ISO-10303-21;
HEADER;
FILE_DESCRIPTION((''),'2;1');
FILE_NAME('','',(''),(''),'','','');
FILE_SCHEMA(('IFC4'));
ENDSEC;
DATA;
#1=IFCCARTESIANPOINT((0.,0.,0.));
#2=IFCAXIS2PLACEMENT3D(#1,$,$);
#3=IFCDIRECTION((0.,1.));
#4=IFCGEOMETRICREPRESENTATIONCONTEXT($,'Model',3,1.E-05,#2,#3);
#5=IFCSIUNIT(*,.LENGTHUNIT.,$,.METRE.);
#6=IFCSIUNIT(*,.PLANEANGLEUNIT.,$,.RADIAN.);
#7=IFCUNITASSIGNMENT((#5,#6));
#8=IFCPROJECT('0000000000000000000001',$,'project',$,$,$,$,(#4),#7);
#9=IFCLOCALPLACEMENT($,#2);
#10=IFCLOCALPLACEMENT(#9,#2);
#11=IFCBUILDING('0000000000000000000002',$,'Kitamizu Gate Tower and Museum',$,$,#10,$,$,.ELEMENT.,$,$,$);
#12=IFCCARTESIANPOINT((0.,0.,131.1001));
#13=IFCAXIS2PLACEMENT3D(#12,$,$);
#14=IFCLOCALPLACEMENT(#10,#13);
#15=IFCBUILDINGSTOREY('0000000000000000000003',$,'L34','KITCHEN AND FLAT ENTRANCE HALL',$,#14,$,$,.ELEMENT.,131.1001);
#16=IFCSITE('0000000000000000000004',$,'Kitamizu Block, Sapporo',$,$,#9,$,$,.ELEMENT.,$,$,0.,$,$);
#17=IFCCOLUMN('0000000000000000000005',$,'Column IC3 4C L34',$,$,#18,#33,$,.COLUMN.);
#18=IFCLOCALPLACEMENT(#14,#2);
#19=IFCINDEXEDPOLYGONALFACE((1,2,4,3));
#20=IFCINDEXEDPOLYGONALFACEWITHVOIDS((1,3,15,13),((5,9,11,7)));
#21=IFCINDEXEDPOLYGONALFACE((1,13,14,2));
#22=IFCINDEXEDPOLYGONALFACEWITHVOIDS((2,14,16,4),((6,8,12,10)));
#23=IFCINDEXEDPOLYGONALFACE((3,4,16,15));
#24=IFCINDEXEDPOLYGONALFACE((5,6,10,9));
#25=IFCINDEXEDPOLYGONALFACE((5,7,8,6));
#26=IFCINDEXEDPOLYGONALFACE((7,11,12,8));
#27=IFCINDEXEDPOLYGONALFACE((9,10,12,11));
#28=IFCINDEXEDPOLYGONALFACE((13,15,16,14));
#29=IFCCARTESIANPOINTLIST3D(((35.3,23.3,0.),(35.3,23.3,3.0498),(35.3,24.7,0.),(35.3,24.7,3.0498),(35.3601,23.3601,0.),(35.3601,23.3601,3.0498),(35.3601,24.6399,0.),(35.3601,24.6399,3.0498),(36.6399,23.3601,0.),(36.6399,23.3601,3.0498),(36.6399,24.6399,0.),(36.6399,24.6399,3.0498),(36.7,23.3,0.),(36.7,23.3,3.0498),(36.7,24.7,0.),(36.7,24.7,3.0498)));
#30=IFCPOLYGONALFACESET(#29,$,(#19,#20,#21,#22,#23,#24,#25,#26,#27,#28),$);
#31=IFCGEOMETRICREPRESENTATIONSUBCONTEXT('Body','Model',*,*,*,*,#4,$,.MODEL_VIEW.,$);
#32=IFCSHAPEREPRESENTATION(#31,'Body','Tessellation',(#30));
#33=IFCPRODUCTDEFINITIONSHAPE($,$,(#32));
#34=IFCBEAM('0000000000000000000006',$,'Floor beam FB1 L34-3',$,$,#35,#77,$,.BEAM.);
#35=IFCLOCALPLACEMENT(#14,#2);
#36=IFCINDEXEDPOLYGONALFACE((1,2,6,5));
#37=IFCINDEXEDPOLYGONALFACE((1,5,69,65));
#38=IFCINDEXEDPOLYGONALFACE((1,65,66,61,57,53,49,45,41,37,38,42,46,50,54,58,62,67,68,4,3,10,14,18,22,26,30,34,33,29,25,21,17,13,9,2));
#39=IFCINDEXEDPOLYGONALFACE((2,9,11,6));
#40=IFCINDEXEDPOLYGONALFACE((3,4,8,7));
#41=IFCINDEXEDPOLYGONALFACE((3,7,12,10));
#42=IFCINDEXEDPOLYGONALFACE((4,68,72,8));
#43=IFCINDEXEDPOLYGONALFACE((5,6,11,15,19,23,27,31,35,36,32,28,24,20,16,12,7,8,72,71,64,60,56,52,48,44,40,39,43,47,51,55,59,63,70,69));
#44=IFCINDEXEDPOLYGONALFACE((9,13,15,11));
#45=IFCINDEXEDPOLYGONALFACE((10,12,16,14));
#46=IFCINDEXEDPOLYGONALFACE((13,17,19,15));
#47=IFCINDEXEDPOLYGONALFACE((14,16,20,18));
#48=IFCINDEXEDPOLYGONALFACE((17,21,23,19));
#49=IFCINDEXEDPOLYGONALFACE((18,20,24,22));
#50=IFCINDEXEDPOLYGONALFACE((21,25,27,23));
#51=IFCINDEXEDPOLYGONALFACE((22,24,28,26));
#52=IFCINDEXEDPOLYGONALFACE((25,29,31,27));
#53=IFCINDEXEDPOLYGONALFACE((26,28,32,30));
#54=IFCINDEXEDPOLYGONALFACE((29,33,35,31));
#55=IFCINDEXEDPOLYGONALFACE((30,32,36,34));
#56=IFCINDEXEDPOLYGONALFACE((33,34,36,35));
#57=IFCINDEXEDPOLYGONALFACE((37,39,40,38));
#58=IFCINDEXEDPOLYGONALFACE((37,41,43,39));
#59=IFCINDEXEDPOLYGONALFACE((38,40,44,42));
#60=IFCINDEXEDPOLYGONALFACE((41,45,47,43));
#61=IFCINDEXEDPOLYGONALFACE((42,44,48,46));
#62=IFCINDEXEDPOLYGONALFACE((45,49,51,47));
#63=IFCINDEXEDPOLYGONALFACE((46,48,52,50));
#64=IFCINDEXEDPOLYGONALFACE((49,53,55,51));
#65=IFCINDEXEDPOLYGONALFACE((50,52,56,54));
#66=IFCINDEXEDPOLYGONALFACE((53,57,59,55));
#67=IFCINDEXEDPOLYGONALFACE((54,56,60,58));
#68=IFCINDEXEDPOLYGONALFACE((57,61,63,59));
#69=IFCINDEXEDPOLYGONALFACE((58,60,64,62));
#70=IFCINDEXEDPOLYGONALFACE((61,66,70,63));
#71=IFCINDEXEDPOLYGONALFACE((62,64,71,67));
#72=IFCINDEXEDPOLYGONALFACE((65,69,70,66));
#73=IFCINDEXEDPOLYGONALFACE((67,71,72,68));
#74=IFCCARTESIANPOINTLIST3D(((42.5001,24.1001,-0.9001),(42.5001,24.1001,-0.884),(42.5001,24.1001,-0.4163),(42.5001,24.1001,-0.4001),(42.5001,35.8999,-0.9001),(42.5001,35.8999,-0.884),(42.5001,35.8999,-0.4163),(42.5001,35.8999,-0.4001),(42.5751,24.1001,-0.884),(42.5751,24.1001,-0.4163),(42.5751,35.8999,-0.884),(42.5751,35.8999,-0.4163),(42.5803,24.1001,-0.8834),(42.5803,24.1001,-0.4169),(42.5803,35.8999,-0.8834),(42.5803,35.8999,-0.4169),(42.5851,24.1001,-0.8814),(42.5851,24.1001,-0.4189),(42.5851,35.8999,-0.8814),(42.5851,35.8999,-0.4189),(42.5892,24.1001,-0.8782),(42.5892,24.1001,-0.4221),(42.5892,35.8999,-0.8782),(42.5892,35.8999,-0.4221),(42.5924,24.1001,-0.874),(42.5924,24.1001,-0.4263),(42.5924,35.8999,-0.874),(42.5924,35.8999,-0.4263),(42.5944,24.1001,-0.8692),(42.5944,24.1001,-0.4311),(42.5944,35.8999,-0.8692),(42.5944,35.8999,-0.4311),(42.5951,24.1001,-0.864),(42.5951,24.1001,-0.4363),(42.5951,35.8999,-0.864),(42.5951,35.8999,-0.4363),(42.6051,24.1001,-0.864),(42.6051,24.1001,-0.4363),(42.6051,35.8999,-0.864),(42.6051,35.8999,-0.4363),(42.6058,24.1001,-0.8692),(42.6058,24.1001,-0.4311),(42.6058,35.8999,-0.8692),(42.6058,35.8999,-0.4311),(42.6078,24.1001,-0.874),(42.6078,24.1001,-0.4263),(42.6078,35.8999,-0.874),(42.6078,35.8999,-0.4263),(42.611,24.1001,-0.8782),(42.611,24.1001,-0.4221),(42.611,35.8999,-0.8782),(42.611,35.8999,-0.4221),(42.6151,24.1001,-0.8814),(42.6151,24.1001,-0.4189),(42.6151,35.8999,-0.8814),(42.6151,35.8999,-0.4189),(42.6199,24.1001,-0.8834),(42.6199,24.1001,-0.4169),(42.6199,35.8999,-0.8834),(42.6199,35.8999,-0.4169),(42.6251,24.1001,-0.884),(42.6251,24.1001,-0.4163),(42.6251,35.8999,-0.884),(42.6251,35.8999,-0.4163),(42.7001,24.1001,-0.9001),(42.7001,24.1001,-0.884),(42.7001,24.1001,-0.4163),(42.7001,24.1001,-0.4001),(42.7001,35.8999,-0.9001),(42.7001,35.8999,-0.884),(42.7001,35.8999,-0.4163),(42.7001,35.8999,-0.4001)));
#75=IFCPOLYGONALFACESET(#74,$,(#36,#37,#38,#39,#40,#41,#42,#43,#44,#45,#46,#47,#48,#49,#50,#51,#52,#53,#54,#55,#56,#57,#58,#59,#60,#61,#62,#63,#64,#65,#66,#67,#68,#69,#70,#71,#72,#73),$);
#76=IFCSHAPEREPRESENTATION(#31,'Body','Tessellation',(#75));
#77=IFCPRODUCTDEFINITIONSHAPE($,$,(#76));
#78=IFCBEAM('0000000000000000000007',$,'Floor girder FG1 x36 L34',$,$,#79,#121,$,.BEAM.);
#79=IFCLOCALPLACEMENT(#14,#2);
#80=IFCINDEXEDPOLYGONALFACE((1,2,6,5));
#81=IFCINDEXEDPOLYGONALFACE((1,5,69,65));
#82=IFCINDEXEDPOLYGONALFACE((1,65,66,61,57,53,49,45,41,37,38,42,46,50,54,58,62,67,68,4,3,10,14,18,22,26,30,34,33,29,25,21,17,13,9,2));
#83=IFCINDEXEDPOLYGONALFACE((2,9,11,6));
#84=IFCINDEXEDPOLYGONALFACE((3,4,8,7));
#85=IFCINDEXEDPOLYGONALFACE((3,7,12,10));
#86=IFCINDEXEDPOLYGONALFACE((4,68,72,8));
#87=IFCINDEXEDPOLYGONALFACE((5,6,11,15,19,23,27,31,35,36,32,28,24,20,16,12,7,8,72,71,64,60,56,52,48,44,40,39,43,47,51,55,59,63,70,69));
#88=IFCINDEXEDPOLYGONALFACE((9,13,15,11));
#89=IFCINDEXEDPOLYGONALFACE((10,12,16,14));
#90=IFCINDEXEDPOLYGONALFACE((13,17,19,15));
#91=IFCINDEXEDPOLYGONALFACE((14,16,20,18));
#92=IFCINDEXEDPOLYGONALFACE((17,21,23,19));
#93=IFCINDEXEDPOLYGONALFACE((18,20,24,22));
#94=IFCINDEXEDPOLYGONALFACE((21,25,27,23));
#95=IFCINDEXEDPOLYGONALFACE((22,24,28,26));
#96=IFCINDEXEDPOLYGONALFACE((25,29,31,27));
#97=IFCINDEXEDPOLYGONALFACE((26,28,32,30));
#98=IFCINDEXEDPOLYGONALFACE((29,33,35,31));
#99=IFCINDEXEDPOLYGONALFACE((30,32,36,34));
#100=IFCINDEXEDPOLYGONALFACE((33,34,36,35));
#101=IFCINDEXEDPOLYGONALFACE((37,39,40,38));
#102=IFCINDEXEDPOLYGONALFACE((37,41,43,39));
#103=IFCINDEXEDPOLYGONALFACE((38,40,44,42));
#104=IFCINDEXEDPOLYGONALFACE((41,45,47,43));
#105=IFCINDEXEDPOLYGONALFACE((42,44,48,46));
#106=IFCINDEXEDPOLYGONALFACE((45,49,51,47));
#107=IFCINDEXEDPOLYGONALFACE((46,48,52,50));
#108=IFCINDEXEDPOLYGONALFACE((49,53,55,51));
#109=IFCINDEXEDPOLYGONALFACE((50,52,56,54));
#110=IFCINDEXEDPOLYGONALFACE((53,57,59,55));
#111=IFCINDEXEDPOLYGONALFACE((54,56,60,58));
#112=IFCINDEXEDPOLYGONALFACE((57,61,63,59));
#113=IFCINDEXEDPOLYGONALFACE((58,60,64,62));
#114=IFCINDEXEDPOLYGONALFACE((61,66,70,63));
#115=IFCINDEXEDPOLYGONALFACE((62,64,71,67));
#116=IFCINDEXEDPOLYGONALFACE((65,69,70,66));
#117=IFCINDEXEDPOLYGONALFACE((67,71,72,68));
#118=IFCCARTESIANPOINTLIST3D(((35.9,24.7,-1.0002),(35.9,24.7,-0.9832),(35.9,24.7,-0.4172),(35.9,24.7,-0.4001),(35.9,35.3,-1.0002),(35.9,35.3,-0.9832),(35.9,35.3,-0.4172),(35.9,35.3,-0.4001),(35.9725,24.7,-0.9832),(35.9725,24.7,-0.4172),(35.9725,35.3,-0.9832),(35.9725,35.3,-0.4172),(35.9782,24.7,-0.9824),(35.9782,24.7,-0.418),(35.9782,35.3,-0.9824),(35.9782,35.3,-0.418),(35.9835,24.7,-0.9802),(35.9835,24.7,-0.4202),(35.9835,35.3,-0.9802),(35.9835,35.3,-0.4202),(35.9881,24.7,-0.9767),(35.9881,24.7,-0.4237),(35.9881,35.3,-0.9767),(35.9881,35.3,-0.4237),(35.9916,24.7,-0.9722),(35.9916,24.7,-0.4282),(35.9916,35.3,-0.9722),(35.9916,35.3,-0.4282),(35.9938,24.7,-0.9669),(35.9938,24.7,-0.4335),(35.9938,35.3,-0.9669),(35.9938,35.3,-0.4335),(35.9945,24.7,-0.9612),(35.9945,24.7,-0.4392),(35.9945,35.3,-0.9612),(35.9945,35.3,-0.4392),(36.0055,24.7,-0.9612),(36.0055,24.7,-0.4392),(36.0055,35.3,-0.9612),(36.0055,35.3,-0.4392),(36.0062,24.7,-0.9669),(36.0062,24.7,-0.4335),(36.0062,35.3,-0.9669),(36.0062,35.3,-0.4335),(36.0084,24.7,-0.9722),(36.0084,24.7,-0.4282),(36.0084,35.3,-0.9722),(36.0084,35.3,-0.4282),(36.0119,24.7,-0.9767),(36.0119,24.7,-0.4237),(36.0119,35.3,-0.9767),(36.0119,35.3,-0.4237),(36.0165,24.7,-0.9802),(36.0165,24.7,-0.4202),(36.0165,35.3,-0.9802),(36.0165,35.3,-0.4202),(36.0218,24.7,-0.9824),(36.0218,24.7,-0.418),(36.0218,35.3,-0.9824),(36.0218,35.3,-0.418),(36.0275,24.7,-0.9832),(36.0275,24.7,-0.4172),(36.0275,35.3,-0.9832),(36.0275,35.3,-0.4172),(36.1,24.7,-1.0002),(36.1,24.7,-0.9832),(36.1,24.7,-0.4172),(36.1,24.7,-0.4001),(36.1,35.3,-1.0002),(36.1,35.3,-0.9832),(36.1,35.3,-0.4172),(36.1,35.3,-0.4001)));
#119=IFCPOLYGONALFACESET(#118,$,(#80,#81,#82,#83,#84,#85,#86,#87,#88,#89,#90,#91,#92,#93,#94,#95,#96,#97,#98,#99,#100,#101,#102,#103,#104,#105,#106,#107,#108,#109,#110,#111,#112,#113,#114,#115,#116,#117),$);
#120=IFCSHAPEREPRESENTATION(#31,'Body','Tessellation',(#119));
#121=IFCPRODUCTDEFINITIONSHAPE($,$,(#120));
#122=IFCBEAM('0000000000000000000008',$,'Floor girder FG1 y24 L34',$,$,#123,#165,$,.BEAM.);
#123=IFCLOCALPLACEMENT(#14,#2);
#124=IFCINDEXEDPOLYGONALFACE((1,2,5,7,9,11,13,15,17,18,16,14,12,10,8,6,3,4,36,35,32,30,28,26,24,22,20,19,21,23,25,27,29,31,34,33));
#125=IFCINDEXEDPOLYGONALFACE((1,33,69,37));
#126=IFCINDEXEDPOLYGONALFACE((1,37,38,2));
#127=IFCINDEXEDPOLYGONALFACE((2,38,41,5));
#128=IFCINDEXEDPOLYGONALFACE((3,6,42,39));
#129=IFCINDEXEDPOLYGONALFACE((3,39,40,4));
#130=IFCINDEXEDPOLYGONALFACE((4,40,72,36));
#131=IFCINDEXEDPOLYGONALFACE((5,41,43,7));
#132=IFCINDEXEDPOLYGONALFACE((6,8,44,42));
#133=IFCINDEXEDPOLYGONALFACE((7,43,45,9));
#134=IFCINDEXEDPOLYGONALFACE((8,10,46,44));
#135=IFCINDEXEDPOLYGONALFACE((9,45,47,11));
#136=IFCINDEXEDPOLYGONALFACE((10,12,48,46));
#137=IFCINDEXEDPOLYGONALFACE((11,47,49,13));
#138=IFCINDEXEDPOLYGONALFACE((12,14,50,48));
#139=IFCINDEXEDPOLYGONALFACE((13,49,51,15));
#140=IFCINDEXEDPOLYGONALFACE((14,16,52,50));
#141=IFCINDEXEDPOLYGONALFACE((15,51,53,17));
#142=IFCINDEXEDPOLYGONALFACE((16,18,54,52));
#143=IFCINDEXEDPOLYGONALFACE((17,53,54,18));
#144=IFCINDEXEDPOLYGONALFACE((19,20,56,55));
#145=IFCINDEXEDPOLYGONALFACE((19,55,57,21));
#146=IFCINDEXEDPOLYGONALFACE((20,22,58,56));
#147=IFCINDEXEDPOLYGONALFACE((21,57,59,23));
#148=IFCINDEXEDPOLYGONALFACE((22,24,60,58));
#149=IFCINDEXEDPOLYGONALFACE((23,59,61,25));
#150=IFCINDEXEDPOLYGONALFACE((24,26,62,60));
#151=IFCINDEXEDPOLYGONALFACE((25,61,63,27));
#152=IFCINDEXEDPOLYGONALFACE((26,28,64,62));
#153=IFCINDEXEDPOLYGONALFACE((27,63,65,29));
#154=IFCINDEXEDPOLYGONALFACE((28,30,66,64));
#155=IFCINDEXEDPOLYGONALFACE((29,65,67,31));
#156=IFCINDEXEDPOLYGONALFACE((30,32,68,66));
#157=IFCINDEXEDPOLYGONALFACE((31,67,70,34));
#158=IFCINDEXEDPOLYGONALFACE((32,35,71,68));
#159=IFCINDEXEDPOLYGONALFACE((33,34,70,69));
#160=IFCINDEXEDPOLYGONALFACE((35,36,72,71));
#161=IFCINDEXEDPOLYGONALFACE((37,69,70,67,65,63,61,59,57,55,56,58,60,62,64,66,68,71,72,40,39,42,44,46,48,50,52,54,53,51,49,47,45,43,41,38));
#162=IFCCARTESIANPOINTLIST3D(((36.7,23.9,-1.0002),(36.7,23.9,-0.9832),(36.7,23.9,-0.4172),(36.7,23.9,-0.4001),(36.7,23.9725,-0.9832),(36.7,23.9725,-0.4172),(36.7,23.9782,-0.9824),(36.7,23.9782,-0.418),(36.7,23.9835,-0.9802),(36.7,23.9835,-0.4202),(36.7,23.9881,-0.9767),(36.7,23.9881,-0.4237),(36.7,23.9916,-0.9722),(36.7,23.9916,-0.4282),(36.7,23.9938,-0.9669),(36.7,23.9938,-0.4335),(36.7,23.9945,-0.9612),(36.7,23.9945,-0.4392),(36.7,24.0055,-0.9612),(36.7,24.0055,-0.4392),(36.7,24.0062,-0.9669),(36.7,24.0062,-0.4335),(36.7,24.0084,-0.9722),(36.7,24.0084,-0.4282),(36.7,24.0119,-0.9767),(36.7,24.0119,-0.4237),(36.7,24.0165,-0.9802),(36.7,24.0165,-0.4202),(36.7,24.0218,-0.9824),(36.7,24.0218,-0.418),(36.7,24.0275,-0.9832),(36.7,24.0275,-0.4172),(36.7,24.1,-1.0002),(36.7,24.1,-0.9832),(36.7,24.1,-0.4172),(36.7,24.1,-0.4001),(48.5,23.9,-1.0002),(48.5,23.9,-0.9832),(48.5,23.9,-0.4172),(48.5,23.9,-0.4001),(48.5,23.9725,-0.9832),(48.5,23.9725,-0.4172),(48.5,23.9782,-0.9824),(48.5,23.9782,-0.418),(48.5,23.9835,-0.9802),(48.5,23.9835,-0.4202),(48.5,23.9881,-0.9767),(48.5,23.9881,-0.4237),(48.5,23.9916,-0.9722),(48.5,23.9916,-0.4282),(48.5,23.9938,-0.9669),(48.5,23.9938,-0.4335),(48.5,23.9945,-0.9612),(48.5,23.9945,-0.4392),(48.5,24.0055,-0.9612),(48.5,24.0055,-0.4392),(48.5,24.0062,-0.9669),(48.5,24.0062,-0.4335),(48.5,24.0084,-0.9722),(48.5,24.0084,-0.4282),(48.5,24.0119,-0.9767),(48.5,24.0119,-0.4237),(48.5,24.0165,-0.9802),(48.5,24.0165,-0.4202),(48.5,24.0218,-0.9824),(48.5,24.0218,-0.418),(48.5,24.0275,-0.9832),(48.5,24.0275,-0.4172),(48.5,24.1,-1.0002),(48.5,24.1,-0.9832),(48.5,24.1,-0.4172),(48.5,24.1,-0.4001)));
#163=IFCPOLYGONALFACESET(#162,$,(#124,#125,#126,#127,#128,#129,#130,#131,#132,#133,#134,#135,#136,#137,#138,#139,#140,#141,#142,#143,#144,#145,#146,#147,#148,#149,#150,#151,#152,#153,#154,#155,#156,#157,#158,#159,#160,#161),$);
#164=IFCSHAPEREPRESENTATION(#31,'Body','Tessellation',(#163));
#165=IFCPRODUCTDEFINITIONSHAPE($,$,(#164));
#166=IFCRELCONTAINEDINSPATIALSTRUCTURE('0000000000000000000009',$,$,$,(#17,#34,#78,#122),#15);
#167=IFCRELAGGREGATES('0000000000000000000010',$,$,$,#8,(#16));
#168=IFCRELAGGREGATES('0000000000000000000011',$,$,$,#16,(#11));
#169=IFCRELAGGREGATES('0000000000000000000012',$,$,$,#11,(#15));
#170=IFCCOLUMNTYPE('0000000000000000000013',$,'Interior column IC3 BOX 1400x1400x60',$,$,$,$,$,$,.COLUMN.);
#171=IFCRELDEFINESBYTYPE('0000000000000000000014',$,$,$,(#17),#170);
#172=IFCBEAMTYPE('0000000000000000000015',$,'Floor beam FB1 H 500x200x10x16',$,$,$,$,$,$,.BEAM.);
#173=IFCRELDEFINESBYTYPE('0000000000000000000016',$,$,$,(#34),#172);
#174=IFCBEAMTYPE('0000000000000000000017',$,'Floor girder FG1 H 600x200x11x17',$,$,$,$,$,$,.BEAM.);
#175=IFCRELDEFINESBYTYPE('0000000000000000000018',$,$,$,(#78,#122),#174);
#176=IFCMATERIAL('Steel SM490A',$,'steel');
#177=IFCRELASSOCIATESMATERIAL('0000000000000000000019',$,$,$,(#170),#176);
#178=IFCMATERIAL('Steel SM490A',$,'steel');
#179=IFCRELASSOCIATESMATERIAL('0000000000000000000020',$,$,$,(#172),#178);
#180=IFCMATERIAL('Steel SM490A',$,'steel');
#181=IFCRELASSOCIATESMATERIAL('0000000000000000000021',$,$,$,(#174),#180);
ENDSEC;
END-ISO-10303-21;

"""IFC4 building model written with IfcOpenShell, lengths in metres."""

from ifc_helpers import new_model, si_unit, direction, frame, origin, origin_2d, place, context, subcontext, project, spatial, hollow_rectangle, i_section, extrude, material, material_profile, profile_set, type_object, element, save


model = new_model("IFC4")

# Units and contexts
model_context = context("Model", 3, precision=1e-05, world=origin(), true_north=direction((0.0, 1.0)))
body_context = subcontext(model_context, "Body", "Model", "MODEL_VIEW")
ifc_project = project(units=[si_unit("LENGTHUNIT", "METRE"), si_unit("PLANEANGLEUNIT", "RADIAN")], contexts=[model_context])

# Site, building, storey
site_placement = place(None, origin())
site = spatial("IfcSite", under=ifc_project, at=site_placement, Name="Kitamizu Block, Sapporo", CompositionType="ELEMENT", RefElevation=0.0)
building_placement = place(site_placement, origin())
building = spatial("IfcBuilding", under=site, at=building_placement, Name="Kitamizu Gate Tower and Museum", CompositionType="ELEMENT")
storey_placement = place(building_placement, frame((0.0, 0.0, 131.1001)))
storey = spatial("IfcBuildingStorey", under=building, at=storey_placement, Name="L34", Description="KITCHEN AND FLAT ENTRANCE HALL", CompositionType="ELEMENT", Elevation=131.1001)

# Column
ifc_material_1 = material(Name="Steel SM490A", Category="steel")
ifc_material_profile_1 = material_profile(ifc_material_1, hollow_rectangle(XDim=1.3999, YDim=1.3999, WallThickness=0.0601, at=origin_2d()), Name="BOX 1400x1400x60")
ifc_profile_set_1 = profile_set([ifc_material_profile_1], Name="Steel SM490A")
column_type = type_object("IfcColumnType", Name="Interior column IC3 BOX 1400x1400x60", PredefinedType="COLUMN", material=ifc_profile_set_1)
column_placement = place(storey_placement, frame((36.0, 24.0, 0.0), z_axis=(0.0, 0.0, 1.0), x_axis=(1.0, 0.0, 0.0)))
element("IfcColumn", 1, at=column_placement, inside=storey, type_object=column_type, Name="Column IC3 4C L34", PredefinedType="COLUMN", context=body_context, shape_type="SweptSolid", body=[
    extrude(hollow_rectangle(XDim=1.3999, YDim=1.3999, WallThickness=0.0601, at=origin_2d()), origin(), (0.0, 0.0, 1.0), 3.0498),
])

# Beams
ifc_material_2 = material(Name="Steel SM490A", Category="steel")
ifc_material_profile_2 = material_profile(ifc_material_2, i_section(OverallWidth=0.2, OverallDepth=0.5, WebThickness=0.01, FlangeThickness=0.0161, FilletRadius=0.02, at=origin_2d()), Name="H-500x200x10x16")
ifc_profile_set_2 = profile_set([ifc_material_profile_2], Name="Steel SM490A")
beam_type_1 = type_object("IfcBeamType", Name="Floor beam FB1 H 500x200x10x16", PredefinedType="BEAM", material=ifc_profile_set_2)
beam_1_placement = place(storey_placement, frame((42.6001, 24.1001, -0.6501), z_axis=(0.0, 1.0, 0.0), x_axis=(-1.0, 0.0, 0.0)))
element("IfcBeam", 2, at=beam_1_placement, inside=storey, type_object=beam_type_1, Name="Floor beam FB1 L34-3", PredefinedType="BEAM", context=body_context, shape_type="SweptSolid", body=[
    extrude(i_section(OverallWidth=0.2, OverallDepth=0.5, WebThickness=0.01, FlangeThickness=0.0161, FilletRadius=0.02, at=origin_2d()), origin(), (0.0, 0.0, 1.0), 11.7998),
])
ifc_material_3 = material(Name="Steel SM490A", Category="steel")
ifc_material_profile_3 = material_profile(ifc_material_3, i_section(OverallWidth=0.2, OverallDepth=0.6001, WebThickness=0.011, FlangeThickness=0.0171, FilletRadius=0.022, at=origin_2d()), Name="H-600x200x11x17")
ifc_profile_set_3 = profile_set([ifc_material_profile_3], Name="Steel SM490A")
beam_type_2 = type_object("IfcBeamType", Name="Floor girder FG1 H 600x200x11x17", PredefinedType="BEAM", material=ifc_profile_set_3)
beam_2_placement = place(storey_placement, frame((36.0, 24.7, -0.7002), z_axis=(0.0, 1.0, 0.0), x_axis=(-1.0, 0.0, 0.0)))
element("IfcBeam", 3, at=beam_2_placement, inside=storey, type_object=beam_type_2, Name="Floor girder FG1 x36 L34", PredefinedType="BEAM", context=body_context, shape_type="SweptSolid", body=[
    extrude(i_section(OverallWidth=0.2, OverallDepth=0.6001, WebThickness=0.011, FlangeThickness=0.0171, FilletRadius=0.022, at=origin_2d()), origin(), (0.0, 0.0, 1.0), 10.6001),
])
beam_3_placement = place(storey_placement, frame((36.7, 24.0, -0.7002), z_axis=(1.0, 0.0, 0.0), x_axis=(0.0, 1.0, 0.0)))
element("IfcBeam", 4, at=beam_3_placement, inside=storey, type_object=beam_type_2, Name="Floor girder FG1 y24 L34", PredefinedType="BEAM", context=body_context, shape_type="SweptSolid", body=[
    extrude(i_section(OverallWidth=0.2, OverallDepth=0.6001, WebThickness=0.011, FlangeThickness=0.0171, FilletRadius=0.022, at=origin_2d()), origin(), (0.0, 0.0, 1.0), 11.8),
])

save(model, "model.ifc")
